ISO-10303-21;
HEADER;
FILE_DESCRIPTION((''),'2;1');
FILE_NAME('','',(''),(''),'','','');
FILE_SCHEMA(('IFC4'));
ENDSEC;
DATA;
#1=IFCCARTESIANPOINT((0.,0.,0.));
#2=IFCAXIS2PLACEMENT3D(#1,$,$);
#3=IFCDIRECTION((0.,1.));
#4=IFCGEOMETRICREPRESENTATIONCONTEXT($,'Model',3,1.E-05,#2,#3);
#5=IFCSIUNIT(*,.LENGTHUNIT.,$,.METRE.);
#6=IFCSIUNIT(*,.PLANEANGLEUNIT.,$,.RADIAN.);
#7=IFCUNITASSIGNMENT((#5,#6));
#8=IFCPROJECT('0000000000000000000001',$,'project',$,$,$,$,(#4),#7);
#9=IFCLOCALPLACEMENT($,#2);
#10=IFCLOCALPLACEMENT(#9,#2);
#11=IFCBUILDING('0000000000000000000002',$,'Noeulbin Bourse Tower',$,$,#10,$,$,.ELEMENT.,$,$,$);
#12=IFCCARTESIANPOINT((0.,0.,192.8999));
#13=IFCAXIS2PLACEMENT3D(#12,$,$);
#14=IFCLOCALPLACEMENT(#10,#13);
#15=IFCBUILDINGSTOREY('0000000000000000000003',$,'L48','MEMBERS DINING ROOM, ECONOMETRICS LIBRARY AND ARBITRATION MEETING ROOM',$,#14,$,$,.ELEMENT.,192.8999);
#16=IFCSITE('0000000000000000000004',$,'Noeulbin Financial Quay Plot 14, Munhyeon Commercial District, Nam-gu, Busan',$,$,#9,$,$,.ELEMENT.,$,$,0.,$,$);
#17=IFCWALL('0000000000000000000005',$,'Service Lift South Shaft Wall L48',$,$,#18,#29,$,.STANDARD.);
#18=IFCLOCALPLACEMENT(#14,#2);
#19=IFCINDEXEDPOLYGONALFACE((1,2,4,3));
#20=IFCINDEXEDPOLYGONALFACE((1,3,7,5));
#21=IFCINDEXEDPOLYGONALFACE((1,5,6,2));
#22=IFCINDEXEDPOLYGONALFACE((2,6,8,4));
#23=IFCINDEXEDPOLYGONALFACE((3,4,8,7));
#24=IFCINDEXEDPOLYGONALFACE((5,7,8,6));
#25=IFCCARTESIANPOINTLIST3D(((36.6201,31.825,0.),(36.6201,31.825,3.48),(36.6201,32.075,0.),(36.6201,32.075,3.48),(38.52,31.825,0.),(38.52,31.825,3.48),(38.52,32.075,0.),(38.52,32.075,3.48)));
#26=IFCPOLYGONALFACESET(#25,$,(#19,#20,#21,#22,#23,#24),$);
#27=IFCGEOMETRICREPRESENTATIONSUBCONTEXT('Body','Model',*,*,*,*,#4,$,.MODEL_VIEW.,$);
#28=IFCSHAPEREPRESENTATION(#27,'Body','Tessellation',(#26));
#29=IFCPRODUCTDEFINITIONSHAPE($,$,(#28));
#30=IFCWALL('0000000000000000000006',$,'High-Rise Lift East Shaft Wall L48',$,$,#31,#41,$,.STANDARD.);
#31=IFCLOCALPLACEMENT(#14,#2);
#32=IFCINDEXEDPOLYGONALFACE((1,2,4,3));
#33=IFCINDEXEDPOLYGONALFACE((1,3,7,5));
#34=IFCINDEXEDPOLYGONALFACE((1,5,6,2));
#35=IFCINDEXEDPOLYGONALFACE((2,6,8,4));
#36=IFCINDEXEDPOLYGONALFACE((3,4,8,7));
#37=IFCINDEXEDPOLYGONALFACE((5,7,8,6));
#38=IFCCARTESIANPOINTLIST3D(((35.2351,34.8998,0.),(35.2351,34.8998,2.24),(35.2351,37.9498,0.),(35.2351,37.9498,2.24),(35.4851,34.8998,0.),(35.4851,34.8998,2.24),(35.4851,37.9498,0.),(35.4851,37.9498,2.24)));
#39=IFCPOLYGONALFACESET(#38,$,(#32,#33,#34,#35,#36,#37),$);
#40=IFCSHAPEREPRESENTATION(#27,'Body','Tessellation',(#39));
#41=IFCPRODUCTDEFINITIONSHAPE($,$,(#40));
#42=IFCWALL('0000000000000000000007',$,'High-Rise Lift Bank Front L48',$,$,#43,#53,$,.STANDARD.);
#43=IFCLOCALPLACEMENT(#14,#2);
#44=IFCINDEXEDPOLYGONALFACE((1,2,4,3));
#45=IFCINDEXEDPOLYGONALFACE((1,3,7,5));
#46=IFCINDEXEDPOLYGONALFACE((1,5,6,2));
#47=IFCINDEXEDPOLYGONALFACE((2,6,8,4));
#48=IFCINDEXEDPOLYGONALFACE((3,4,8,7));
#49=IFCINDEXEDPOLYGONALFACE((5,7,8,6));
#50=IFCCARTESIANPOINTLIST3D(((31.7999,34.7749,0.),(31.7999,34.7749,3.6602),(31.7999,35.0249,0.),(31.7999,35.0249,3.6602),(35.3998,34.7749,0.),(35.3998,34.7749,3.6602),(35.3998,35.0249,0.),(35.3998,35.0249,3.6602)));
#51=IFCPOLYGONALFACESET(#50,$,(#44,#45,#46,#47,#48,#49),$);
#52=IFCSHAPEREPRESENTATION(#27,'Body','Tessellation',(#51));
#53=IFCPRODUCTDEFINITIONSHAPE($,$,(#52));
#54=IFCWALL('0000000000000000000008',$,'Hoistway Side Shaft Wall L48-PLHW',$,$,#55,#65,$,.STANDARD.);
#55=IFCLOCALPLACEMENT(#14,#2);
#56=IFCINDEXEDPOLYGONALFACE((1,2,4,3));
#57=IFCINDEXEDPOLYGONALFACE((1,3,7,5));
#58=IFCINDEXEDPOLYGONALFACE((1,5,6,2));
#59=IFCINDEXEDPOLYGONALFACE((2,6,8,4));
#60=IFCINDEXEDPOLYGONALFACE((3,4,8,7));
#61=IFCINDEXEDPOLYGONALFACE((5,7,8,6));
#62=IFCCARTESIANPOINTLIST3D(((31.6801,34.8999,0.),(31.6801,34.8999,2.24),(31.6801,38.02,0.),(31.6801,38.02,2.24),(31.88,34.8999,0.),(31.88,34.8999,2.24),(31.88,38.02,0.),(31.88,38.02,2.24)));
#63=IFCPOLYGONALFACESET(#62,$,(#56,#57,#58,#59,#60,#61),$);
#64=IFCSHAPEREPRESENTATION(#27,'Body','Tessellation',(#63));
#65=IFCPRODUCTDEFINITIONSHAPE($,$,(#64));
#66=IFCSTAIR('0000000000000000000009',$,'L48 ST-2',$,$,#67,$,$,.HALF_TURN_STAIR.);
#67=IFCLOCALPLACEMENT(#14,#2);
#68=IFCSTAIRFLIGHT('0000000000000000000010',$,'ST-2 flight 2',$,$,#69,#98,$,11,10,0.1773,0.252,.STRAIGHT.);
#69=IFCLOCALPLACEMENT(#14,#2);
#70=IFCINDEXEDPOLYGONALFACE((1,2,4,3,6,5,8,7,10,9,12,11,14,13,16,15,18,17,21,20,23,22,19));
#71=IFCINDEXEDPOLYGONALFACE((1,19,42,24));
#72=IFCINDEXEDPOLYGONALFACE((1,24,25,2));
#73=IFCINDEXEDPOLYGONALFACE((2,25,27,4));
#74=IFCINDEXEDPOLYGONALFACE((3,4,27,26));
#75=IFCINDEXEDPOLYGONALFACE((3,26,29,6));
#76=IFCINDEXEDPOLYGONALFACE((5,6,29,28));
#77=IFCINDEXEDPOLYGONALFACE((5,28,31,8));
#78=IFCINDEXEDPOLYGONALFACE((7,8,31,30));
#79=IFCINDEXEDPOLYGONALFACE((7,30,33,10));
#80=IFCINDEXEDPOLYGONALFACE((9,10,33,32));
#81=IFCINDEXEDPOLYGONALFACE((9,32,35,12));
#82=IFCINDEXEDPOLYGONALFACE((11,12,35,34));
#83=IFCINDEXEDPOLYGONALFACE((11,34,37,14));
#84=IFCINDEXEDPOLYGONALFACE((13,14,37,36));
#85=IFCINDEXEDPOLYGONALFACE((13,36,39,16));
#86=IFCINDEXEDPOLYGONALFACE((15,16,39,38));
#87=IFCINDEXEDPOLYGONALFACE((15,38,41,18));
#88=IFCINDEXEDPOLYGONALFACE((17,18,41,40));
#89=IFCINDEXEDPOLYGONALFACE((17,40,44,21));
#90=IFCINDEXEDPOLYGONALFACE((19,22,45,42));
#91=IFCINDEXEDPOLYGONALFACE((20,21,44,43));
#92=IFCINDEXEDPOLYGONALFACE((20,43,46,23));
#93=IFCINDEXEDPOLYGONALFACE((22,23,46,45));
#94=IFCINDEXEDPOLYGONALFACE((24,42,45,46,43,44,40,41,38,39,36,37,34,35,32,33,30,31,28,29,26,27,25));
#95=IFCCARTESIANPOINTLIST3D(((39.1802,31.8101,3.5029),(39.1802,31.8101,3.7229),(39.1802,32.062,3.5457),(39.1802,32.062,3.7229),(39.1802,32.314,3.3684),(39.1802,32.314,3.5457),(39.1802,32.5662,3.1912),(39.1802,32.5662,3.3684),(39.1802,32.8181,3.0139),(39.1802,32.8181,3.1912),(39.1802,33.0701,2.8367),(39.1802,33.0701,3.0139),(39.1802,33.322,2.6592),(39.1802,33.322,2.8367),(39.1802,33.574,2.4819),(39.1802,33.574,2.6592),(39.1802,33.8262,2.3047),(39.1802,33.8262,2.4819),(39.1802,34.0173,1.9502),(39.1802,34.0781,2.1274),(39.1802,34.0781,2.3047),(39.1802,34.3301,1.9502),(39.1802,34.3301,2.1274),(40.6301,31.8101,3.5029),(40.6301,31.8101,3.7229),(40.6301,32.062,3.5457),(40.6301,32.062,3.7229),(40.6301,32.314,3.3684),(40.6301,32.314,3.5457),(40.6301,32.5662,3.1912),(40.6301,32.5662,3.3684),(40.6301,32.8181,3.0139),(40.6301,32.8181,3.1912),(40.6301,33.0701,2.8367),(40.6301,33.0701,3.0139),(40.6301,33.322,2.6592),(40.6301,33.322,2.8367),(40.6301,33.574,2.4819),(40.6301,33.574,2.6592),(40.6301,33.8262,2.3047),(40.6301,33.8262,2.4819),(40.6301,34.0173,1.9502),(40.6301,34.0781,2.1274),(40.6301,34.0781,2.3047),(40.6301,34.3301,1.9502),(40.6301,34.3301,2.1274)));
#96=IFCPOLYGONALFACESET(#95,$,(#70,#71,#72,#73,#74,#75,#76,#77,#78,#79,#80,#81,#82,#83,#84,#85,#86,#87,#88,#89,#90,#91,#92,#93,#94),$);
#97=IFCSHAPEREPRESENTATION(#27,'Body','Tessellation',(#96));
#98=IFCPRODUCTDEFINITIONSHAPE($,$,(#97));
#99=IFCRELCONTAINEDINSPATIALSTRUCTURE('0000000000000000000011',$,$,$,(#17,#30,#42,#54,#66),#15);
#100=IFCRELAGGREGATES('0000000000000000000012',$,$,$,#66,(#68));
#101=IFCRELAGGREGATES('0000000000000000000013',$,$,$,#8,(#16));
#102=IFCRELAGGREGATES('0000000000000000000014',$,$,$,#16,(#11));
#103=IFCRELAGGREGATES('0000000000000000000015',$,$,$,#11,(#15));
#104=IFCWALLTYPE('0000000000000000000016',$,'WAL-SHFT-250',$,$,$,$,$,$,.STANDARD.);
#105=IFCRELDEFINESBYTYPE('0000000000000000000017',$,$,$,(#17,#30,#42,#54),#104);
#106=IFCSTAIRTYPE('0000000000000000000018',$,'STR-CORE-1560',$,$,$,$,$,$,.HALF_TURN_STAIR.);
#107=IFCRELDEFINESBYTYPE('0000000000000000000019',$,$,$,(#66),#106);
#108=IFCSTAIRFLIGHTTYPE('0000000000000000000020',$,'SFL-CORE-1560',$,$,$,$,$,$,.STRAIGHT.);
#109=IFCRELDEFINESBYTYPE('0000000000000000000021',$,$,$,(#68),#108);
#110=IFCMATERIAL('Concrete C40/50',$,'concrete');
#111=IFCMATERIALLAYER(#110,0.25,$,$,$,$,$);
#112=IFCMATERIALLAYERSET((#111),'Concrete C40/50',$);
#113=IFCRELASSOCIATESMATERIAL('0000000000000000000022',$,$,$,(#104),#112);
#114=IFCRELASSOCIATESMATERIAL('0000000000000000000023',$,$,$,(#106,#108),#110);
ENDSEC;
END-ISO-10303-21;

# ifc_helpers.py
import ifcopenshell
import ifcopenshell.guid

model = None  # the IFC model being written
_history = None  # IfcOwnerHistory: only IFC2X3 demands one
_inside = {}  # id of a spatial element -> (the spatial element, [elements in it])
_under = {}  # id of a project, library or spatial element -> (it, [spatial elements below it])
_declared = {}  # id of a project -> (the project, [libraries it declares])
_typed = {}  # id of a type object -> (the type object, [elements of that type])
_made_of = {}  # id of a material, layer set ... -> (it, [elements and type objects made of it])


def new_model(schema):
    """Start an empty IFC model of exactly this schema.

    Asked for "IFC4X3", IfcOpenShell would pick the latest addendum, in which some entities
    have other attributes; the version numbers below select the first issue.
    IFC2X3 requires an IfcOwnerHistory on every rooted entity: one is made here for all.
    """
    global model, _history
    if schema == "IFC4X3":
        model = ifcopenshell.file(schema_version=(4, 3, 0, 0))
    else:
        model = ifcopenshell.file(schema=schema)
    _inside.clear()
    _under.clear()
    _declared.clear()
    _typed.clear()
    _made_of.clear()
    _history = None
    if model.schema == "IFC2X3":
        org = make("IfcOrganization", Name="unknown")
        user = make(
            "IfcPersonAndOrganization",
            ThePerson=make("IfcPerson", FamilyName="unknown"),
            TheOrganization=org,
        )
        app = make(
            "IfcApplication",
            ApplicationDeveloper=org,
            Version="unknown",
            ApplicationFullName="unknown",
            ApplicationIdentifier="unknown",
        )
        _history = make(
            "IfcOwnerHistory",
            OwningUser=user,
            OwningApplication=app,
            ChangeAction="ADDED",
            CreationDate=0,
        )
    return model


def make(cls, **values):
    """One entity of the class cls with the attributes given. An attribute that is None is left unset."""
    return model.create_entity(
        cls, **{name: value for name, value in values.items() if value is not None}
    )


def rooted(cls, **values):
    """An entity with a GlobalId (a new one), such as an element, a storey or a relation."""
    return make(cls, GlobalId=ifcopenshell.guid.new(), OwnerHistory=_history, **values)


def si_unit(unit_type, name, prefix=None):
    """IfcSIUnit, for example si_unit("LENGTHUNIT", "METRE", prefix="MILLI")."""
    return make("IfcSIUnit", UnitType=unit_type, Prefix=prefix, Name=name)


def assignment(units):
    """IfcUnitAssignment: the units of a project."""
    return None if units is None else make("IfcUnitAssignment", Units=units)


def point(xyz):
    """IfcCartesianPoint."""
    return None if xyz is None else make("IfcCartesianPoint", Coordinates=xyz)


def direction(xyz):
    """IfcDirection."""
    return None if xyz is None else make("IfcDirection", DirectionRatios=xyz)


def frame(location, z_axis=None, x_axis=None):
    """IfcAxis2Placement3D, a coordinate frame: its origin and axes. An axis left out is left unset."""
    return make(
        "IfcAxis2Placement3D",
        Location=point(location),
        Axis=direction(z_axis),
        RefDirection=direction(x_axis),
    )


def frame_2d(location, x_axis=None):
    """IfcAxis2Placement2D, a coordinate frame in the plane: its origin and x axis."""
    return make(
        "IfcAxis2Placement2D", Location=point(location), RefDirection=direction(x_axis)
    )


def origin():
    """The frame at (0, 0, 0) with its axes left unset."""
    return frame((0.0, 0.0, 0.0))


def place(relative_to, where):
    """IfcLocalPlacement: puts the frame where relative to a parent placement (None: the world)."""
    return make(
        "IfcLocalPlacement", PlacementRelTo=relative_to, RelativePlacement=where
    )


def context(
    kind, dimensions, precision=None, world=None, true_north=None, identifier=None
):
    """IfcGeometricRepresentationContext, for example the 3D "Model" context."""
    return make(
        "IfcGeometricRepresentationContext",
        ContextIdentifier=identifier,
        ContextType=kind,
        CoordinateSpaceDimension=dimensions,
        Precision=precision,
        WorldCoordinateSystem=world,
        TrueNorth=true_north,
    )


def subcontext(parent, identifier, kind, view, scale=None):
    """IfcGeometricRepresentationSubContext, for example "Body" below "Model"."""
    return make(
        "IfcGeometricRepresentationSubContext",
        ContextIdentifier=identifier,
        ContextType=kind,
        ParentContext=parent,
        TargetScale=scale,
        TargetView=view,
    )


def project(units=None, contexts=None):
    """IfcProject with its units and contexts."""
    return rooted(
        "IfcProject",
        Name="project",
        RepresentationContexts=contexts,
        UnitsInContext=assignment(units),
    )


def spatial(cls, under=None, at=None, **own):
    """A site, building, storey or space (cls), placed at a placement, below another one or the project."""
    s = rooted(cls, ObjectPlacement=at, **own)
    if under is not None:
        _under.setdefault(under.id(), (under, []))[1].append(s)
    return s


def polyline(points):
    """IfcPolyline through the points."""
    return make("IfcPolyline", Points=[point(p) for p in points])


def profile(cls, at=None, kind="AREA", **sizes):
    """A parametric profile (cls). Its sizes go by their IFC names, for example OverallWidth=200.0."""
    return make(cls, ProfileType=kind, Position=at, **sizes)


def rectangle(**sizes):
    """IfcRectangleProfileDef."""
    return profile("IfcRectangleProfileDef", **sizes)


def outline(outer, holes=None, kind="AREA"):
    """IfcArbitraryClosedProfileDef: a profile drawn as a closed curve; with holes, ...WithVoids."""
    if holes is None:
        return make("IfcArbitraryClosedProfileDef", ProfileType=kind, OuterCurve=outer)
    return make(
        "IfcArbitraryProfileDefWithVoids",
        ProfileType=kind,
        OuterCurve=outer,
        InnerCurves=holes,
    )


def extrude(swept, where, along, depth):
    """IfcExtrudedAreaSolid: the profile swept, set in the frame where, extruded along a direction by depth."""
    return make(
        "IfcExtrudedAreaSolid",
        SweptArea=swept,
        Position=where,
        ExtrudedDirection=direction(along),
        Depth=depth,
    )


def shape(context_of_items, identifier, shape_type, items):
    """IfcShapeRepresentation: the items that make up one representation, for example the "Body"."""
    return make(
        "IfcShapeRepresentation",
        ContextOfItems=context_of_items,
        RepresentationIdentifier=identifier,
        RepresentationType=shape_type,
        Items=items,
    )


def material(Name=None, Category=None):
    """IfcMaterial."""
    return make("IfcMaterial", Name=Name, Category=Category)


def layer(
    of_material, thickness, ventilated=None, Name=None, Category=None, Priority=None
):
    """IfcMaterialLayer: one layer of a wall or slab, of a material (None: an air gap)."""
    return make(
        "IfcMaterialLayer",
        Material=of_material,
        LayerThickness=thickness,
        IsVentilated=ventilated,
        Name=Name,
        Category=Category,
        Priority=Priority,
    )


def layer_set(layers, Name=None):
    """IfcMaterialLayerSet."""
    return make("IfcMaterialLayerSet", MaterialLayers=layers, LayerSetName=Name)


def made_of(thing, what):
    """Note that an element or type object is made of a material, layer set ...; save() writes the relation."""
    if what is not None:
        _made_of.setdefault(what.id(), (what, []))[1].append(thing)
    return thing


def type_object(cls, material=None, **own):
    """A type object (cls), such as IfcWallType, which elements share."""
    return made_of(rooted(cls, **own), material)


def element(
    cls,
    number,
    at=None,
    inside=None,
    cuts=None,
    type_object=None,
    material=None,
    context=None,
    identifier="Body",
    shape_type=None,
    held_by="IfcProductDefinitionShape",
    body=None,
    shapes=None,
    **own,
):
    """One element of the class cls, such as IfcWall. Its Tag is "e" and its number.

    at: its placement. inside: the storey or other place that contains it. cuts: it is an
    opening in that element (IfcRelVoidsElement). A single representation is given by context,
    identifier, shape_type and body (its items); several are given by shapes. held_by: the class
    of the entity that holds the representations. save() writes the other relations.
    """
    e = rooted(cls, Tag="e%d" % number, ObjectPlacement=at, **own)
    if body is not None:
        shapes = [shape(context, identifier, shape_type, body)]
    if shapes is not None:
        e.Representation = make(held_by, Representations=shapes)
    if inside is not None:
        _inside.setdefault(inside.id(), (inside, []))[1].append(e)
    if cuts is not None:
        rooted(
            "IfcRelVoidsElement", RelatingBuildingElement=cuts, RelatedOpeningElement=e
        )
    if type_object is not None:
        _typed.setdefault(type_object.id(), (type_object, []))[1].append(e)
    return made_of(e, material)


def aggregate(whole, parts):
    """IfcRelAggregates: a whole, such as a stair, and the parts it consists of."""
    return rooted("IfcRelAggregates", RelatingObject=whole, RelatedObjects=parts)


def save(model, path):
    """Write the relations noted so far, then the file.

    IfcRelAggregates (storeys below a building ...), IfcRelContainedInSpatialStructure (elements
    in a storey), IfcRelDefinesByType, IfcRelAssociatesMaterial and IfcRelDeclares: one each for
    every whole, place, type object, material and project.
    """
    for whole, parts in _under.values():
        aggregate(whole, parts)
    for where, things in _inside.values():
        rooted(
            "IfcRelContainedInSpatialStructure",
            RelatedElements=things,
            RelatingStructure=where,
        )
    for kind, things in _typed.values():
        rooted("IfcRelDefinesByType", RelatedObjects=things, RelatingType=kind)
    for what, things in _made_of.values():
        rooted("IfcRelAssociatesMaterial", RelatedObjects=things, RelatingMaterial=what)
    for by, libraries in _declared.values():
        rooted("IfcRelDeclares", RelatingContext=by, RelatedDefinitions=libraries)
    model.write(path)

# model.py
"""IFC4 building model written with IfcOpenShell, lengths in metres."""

from ifc_helpers import new_model, si_unit, direction, frame, frame_2d, origin, place, context, subcontext, project, spatial, polyline, rectangle, outline, extrude, material, layer, layer_set, type_object, element, aggregate, save


model = new_model("IFC4")

# Units and contexts
model_context = context("Model", 3, precision=1e-05, world=origin(), true_north=direction((0.0, 1.0)))
body_context = subcontext(model_context, "Body", "Model", "MODEL_VIEW")
ifc_project = project(units=[si_unit("LENGTHUNIT", "METRE"), si_unit("PLANEANGLEUNIT", "RADIAN")], contexts=[model_context])

# Site, building, storey
site_placement = place(None, origin())
site = spatial("IfcSite", under=ifc_project, at=site_placement, Name="Noeulbin Financial Quay Plot 14, Munhyeon Commercial District, Nam-gu, Busan", CompositionType="ELEMENT", RefElevation=0.0)
building_placement = place(site_placement, origin())
building = spatial("IfcBuilding", under=site, at=building_placement, Name="Noeulbin Bourse Tower", CompositionType="ELEMENT")
storey_placement = place(building_placement, frame((0.0, 0.0, 192.8999)))
storey = spatial("IfcBuildingStorey", under=building, at=storey_placement, Name="L48", Description="MEMBERS DINING ROOM, ECONOMETRICS LIBRARY AND ARBITRATION MEETING ROOM", CompositionType="ELEMENT", Elevation=192.8999)

# Shared definitions
ifc_material_1 = material(Name="Concrete C40/50", Category="concrete")

# Shared definitions
ifc_layer_1 = layer(ifc_material_1, 0.25)
ifc_layer_set_1 = layer_set([ifc_layer_1], Name="Concrete C40/50")
wall_type_1 = type_object("IfcWallType", Name="WAL-SHFT-250", PredefinedType="STANDARD", material=ifc_layer_set_1)

# Walls
wall_1_placement = place(storey_placement, frame((36.6201, 31.95, 0.0), z_axis=(0.0, 0.0, 1.0), x_axis=(1.0, 0.0, 0.0)))
element("IfcWall", 1, at=wall_1_placement, inside=storey, type_object=wall_type_1, Name="Service Lift South Shaft Wall L48", PredefinedType="STANDARD", context=body_context, shape_type="SweptSolid", body=[
    extrude(rectangle(XDim=1.8999, YDim=0.25, at=frame_2d((0.95, 0.0))), origin(), (0.0, 0.0, 1.0), 3.48),
])
wall_2_placement = place(storey_placement, frame((35.3601, 34.8999, 0.0), z_axis=(0.0, 0.0, 1.0), x_axis=(0.0, 1.0, 0.0)))
element("IfcWall", 2, at=wall_2_placement, inside=storey, type_object=wall_type_1, Name="High-Rise Lift East Shaft Wall L48", PredefinedType="STANDARD", context=body_context, shape_type="SweptSolid", body=[
    extrude(rectangle(XDim=3.05, YDim=0.25, at=frame_2d((1.5249, 0.0))), origin(), (0.0, 0.0, 1.0), 2.24),
])
wall_3_placement = place(storey_placement, frame((31.8, 34.8999, 0.0), z_axis=(0.0, 0.0, 1.0), x_axis=(1.0, 0.0, 0.0)))
element("IfcWall", 3, at=wall_3_placement, inside=storey, type_object=wall_type_1, Name="High-Rise Lift Bank Front L48", PredefinedType="STANDARD", context=body_context, shape_type="SweptSolid", body=[
    extrude(rectangle(XDim=3.5999, YDim=0.25, at=frame_2d((1.7998, 0.0))), origin(), (0.0, 0.0, 1.0), 3.6602),
])
wall_4_placement = place(storey_placement, frame((31.78, 34.8999, 0.0), z_axis=(0.0, 0.0, 1.0), x_axis=(0.0, 1.0, 0.0)))
element("IfcWall", 4, at=wall_4_placement, inside=storey, type_object=wall_type_1, Name="Hoistway Side Shaft Wall L48-PLHW", PredefinedType="STANDARD", context=body_context, shape_type="SweptSolid", body=[
    extrude(rectangle(XDim=3.1201, YDim=0.2, at=frame_2d((1.5601, 0.0))), origin(), (0.0, 0.0, 1.0), 2.24),
])

# Stair, stair flight
stair_type = type_object("IfcStairType", Name="STR-CORE-1560", PredefinedType="HALF_TURN_STAIR", material=ifc_material_1)
stair_placement = place(storey_placement, origin())
stair = element("IfcStair", 5, at=stair_placement, inside=storey, type_object=stair_type, Name="L48 ST-2", PredefinedType="HALF_TURN_STAIR")
stair_flight_type = type_object("IfcStairFlightType", Name="SFL-CORE-1560", PredefinedType="STRAIGHT", material=ifc_material_1)
stair_flight_placement = place(storey_placement, frame((39.905, 34.3301, 1.9502), z_axis=(0.0, 0.0, 1.0), x_axis=(0.0, -1.0, 0.0)))
stair_flight = element("IfcStairFlight", 6, at=stair_flight_placement, type_object=stair_flight_type, Name="ST-2 flight 2", NumberOfRisers=11, NumberOfTreads=10, PredefinedType="STRAIGHT", RiserHeight=0.1773, TreadLength=0.252, context=body_context, shape_type="SweptSolid", body=[
    extrude(outline(polyline([(0.0, 0.0), (0.0, 0.1772), (0.252, 0.1772), (0.252, 0.3545), (0.5039, 0.3545), (0.5039, 0.5317), (0.7561, 0.5317), (0.7561, 0.709), (1.0081, 0.709), (1.0081, 0.8865), (1.26, 0.8865), (1.26, 1.0637), (1.512, 1.0637), (1.512, 1.241), (1.7639, 1.241), (1.7639, 1.4182), (2.0161, 1.4182), (2.0161, 1.5955), (2.2681, 1.5955), (2.2681, 1.7727), (2.52, 1.7727), (2.52, 1.95), (2.52, 1.5527), (0.3127, 0.0), (0.0, 0.0)])), frame((0.0, 0.7251, 0.0), z_axis=(0.0, -1.0, 0.0), x_axis=(1.0, 0.0, 0.0)), (0.0, 0.0, 1.0), 1.45),
])
aggregate(stair, [stair_flight])

save(model, "model.ifc")
